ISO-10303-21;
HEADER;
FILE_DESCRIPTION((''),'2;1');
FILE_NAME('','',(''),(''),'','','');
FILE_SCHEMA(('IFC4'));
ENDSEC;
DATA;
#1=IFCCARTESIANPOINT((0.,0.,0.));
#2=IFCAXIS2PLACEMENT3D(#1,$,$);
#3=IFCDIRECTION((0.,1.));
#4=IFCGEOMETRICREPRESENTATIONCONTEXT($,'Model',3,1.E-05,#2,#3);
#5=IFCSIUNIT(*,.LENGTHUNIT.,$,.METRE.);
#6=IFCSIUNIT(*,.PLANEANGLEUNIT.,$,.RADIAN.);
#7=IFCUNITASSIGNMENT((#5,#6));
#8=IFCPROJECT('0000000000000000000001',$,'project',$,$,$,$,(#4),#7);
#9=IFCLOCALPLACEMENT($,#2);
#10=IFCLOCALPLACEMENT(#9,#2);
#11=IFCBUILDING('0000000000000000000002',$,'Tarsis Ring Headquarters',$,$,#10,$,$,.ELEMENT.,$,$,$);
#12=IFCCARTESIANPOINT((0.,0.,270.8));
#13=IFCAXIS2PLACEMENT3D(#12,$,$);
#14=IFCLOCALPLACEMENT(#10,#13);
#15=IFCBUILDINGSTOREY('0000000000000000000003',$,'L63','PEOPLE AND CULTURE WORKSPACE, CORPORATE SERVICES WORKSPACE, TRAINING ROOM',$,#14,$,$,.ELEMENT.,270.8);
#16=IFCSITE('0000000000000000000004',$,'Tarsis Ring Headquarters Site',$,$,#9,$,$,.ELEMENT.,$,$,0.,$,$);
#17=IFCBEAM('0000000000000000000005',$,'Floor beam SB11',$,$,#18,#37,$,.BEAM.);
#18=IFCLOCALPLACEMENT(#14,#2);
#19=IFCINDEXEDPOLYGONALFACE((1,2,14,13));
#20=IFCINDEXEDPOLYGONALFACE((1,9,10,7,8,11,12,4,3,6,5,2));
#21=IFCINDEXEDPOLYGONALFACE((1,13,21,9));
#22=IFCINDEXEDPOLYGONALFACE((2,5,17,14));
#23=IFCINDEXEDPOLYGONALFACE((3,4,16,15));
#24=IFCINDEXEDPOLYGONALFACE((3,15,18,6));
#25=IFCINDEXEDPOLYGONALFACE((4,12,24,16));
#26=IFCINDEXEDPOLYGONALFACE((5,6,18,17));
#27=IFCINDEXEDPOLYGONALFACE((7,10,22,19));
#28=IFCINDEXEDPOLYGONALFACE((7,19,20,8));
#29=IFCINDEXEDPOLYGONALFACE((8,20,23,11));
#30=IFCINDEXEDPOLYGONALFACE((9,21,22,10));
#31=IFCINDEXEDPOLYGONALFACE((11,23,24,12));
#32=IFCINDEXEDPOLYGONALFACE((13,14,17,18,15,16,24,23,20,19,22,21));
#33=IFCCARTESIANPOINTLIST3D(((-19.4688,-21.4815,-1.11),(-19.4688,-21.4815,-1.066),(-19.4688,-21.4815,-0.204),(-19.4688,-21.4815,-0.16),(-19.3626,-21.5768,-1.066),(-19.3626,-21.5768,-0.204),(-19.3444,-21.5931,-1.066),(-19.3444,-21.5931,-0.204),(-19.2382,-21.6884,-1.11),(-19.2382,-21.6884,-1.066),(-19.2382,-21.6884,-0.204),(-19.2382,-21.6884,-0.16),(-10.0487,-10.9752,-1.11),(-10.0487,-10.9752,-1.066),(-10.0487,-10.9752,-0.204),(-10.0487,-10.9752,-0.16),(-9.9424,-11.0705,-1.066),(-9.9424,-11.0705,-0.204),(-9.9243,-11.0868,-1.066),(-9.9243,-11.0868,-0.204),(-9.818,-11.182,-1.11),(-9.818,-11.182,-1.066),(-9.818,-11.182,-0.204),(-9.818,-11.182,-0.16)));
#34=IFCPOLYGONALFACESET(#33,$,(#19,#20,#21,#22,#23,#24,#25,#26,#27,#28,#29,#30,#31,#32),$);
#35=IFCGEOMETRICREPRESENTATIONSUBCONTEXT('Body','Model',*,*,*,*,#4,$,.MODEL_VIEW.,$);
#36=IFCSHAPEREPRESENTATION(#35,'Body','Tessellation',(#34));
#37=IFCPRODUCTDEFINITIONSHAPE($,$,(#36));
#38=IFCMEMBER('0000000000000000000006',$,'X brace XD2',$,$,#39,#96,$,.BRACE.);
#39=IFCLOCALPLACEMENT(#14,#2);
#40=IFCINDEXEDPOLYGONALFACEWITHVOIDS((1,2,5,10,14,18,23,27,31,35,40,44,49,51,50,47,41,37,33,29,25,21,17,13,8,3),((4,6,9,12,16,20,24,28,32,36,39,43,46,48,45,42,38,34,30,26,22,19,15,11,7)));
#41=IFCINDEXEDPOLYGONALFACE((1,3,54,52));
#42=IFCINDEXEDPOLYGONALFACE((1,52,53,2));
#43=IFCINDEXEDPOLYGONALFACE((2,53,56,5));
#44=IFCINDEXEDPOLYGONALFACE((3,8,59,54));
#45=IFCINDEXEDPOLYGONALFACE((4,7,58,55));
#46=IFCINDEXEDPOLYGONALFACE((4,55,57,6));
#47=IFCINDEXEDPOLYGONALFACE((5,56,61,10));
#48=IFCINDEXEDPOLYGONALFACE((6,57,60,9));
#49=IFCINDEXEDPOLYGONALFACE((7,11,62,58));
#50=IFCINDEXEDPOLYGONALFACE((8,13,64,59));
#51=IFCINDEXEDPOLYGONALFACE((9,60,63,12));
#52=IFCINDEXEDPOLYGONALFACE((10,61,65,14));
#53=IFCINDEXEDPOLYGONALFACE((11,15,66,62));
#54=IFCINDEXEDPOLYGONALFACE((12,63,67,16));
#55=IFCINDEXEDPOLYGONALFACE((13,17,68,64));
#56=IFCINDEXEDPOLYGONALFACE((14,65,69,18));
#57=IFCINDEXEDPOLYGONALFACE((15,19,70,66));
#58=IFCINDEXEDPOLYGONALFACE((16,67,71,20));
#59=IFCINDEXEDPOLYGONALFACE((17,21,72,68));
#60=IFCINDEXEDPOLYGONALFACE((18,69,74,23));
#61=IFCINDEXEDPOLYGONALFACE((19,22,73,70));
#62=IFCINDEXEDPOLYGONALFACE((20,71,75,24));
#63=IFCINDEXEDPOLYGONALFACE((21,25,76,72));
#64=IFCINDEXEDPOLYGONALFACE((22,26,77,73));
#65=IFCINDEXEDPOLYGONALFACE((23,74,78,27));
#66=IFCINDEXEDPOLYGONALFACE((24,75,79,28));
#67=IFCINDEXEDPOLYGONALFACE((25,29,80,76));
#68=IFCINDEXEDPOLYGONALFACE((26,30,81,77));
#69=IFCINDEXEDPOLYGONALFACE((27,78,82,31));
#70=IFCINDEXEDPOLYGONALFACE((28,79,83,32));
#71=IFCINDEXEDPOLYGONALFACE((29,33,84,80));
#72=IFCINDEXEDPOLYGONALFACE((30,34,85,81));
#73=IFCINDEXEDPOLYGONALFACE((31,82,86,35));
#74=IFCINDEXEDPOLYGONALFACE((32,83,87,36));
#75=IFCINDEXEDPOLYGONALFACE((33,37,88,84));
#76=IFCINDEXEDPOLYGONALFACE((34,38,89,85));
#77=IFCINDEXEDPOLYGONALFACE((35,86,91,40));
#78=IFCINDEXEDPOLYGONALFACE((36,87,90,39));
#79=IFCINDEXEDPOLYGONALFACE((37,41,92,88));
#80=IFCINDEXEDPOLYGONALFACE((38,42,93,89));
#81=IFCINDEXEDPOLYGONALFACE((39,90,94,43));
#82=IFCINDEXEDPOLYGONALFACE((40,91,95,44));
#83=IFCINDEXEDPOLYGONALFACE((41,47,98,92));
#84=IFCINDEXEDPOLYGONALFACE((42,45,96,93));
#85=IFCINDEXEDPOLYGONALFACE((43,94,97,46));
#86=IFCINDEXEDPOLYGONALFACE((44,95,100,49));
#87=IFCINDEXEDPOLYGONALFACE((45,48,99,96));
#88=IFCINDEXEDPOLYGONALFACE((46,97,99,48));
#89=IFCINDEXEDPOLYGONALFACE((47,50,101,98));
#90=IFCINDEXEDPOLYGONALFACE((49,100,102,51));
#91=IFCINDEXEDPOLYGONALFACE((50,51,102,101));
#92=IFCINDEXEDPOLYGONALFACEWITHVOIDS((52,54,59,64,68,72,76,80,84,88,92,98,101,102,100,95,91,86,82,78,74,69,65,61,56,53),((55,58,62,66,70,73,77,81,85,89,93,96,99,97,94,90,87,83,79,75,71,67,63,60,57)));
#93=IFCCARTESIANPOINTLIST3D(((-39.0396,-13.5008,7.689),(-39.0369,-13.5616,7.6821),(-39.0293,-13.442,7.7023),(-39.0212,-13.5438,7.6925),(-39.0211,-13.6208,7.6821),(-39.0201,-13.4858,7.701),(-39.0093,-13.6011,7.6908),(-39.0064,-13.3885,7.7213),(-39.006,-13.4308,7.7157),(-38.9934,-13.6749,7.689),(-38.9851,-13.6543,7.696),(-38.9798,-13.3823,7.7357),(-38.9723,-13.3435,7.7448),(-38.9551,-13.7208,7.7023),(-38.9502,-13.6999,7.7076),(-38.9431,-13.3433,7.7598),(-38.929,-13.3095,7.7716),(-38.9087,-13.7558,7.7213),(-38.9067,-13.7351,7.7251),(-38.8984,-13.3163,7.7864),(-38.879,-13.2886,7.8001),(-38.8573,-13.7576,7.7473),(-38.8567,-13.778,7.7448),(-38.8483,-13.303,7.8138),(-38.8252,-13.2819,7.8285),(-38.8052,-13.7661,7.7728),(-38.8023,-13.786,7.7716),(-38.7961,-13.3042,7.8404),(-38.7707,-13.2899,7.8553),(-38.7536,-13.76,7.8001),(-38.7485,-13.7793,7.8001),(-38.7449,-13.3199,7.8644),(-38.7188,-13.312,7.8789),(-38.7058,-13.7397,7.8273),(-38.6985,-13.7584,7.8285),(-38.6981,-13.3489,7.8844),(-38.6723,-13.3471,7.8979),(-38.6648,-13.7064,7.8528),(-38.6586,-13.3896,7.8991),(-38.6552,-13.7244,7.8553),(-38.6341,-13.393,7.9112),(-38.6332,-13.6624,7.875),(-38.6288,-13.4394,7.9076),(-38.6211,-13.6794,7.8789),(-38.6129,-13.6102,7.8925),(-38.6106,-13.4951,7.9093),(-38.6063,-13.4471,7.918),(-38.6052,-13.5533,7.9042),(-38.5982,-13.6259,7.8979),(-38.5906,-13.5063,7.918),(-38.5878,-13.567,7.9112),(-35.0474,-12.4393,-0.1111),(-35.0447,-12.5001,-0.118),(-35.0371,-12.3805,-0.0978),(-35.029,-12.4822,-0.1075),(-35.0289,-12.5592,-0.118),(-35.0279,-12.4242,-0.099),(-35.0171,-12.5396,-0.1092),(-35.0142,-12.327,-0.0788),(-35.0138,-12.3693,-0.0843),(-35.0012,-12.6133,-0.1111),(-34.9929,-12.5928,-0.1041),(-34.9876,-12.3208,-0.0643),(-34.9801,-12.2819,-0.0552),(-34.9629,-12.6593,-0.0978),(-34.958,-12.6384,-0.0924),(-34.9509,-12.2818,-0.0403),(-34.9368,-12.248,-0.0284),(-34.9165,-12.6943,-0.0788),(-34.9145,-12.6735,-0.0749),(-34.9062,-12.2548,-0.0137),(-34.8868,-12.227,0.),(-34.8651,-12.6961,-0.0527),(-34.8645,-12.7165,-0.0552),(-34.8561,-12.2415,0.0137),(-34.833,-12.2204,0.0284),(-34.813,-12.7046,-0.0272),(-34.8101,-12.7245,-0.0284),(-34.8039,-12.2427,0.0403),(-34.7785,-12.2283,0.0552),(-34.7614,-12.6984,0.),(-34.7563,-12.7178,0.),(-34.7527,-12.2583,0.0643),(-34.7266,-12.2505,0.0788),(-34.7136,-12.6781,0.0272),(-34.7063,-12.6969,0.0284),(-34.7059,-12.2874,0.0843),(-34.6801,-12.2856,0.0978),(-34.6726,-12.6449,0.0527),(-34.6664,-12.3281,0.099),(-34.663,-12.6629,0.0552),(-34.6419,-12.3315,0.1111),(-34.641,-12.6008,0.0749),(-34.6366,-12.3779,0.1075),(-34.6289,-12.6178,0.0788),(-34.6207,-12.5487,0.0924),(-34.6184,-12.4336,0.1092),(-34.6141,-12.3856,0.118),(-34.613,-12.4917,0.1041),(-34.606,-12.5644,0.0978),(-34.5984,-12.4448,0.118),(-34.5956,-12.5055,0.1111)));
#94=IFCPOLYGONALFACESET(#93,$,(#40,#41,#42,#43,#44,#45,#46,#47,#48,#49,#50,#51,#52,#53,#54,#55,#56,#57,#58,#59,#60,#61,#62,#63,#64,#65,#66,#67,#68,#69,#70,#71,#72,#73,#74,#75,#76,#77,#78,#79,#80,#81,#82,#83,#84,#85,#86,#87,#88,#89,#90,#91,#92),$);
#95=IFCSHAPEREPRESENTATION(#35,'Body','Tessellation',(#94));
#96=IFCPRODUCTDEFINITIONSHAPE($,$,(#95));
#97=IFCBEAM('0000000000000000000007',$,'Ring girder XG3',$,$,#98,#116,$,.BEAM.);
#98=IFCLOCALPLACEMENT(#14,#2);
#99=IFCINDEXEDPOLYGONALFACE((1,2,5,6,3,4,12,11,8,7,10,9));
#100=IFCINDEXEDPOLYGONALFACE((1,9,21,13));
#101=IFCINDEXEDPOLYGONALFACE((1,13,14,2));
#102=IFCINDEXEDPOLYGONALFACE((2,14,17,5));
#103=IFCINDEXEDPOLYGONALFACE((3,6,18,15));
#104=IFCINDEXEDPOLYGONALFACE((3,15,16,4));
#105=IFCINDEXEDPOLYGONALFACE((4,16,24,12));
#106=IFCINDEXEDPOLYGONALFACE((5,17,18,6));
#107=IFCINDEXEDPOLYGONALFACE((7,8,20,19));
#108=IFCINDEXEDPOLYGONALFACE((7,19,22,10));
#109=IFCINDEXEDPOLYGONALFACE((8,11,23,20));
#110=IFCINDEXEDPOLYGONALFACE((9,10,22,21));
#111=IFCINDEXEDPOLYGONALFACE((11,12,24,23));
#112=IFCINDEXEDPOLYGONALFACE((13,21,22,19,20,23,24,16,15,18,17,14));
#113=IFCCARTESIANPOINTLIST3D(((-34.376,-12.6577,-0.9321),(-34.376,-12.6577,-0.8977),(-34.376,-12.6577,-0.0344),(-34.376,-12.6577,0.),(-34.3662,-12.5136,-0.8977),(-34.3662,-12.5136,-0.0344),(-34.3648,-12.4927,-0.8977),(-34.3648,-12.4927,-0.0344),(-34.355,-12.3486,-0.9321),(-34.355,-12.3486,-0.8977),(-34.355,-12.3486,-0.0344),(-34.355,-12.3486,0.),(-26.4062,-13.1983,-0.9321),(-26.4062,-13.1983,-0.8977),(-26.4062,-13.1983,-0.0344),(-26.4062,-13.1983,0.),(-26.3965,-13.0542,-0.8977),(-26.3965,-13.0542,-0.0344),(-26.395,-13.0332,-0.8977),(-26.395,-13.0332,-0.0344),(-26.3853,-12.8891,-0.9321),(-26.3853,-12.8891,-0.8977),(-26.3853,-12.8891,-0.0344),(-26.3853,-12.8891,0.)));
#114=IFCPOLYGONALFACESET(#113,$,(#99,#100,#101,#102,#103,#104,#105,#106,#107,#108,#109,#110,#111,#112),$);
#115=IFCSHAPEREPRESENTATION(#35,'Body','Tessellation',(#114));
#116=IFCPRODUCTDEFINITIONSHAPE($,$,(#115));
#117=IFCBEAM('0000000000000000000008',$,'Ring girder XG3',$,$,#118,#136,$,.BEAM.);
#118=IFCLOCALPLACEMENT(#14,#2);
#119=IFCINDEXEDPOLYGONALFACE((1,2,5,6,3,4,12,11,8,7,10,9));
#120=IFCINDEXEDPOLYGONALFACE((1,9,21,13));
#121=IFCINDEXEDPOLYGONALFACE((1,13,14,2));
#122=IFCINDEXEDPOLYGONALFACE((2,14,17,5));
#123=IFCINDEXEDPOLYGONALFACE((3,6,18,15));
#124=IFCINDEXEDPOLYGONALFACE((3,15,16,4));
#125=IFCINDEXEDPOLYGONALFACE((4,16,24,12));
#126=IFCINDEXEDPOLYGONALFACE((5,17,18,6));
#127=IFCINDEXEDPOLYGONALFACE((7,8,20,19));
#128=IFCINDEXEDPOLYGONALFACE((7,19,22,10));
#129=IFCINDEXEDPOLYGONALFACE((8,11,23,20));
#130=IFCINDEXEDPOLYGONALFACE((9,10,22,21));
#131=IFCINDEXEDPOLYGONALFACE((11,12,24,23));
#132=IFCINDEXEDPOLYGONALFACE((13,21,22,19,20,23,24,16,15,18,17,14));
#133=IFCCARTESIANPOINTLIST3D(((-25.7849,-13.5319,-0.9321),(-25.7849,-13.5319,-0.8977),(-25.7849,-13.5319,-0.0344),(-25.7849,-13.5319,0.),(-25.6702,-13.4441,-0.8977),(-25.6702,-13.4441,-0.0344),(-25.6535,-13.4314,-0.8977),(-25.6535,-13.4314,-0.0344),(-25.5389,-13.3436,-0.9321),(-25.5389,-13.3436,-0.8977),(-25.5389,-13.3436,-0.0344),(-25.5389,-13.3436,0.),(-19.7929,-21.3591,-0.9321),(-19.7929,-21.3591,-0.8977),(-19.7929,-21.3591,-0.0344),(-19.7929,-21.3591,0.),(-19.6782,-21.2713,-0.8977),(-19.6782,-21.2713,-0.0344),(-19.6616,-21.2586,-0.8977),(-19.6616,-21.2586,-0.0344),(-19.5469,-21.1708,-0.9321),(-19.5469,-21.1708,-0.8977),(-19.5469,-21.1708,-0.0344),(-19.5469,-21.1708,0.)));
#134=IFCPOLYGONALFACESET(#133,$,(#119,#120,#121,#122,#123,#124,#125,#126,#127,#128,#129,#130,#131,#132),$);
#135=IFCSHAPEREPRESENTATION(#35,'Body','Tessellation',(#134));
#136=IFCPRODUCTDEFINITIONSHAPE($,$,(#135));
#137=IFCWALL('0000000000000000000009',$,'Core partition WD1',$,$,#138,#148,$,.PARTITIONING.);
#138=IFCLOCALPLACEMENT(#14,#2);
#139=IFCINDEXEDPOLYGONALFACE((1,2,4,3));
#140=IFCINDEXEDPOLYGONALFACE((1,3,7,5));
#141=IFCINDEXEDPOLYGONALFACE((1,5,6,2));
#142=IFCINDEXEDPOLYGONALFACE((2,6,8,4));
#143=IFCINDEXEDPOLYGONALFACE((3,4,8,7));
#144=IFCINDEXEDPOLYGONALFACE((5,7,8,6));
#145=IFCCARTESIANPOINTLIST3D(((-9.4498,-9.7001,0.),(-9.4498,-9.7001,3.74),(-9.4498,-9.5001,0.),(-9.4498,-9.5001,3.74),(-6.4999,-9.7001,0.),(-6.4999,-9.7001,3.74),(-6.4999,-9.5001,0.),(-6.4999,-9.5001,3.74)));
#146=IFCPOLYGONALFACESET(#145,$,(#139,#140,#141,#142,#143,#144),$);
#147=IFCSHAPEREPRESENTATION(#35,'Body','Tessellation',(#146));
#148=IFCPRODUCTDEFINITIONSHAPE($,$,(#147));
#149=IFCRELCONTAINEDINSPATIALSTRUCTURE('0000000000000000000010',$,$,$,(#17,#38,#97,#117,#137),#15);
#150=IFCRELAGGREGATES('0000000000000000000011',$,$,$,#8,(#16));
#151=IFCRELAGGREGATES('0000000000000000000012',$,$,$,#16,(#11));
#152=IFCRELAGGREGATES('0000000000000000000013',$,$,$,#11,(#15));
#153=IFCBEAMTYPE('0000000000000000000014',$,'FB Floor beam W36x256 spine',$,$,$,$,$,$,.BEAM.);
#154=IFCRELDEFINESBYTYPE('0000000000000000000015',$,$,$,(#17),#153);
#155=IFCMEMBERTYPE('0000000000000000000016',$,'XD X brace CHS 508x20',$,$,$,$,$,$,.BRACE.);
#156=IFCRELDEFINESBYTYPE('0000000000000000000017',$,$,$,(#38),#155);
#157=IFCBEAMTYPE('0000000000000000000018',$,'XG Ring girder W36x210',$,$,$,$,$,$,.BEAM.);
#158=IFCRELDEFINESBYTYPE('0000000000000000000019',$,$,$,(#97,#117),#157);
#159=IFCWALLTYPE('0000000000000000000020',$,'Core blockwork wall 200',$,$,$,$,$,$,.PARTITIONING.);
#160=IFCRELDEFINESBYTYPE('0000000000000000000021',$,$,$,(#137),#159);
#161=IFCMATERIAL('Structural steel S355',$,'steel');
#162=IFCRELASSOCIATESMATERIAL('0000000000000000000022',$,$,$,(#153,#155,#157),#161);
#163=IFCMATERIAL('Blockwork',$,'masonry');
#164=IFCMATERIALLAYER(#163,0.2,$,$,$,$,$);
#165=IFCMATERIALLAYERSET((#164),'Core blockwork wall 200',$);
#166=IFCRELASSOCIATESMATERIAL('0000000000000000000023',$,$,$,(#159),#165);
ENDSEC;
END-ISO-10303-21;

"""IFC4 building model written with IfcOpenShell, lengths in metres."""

from ifc_helpers import new_model, si_unit, direction, frame, frame_2d, origin, origin_2d, place, context, subcontext, project, spatial, rectangle, hollow_circle, i_section, extrude, material, layer, layer_set, material_profile, profile_set, type_object, element, save


model = new_model("IFC4")

# Units and contexts
model_context = context("Model", 3, precision=1e-05, world=origin(), true_north=direction((0.0, 1.0)))
body_context = subcontext(model_context, "Body", "Model", "MODEL_VIEW")
ifc_project = project(units=[si_unit("LENGTHUNIT", "METRE"), si_unit("PLANEANGLEUNIT", "RADIAN")], contexts=[model_context])

# Site, building, storey
site_placement = place(None, origin())
site = spatial("IfcSite", under=ifc_project, at=site_placement, Name="Tarsis Ring Headquarters Site", CompositionType="ELEMENT", RefElevation=0.0)
building_placement = place(site_placement, origin())
building = spatial("IfcBuilding", under=site, at=building_placement, Name="Tarsis Ring Headquarters", CompositionType="ELEMENT")
storey_placement = place(building_placement, frame((0.0, 0.0, 270.8)))
storey = spatial("IfcBuildingStorey", under=building, at=storey_placement, Name="L63", Description="PEOPLE AND CULTURE WORKSPACE, CORPORATE SERVICES WORKSPACE, TRAINING ROOM", CompositionType="ELEMENT", Elevation=270.8)

# Shared definitions
ifc_material_1 = material(Name="Structural steel S355", Category="steel")

# Beam
ifc_material_profile_1 = material_profile(ifc_material_1, i_section(OverallWidth=0.3098, OverallDepth=0.95, WebThickness=0.0244, FlangeThickness=0.0439, at=origin_2d()), Name="W36x256")
ifc_profile_set_1 = profile_set([ifc_material_profile_1], Name="Structural steel S355")
beam_type_1 = type_object("IfcBeamType", Name="FB Floor beam W36x256 spine", PredefinedType="BEAM", material=ifc_profile_set_1)
beam_1_placement = place(storey_placement, frame((-9.9333, -11.0786, -0.635), z_axis=(-0.667572, -0.744545, 0.0), x_axis=(0.744545, -0.667572, 0.0)))
element("IfcBeam", 1, at=beam_1_placement, inside=storey, type_object=beam_type_1, Name="Floor beam SB11", PredefinedType="BEAM", context=body_context, shape_type="SweptSolid", body=[
    extrude(i_section(OverallWidth=0.3098, OverallDepth=0.95, WebThickness=0.0244, FlangeThickness=0.0439, at=origin_2d()), origin(), (0.0, 0.0, 1.0), 14.1111),
])

# Member
ifc_material_profile_2 = material_profile(ifc_material_1, hollow_circle(Radius=0.2539, WallThickness=0.02, at=origin_2d()), Name="CHS 508x20")
ifc_profile_set_2 = profile_set([ifc_material_profile_2], Name="Structural steel S355")
member_type = type_object("IfcMemberType", Name="XD X brace CHS 508x20", PredefinedType="BRACE", material=ifc_profile_set_2)
member_placement = place(storey_placement, frame((-34.8215, -12.4724, 0.0), z_axis=(-0.452301, -0.120267, 0.883719), x_axis=(0.256971, -0.966419, 0.0)))
element("IfcMember", 2, at=member_placement, inside=storey, type_object=member_type, Name="X brace XD2", PredefinedType="BRACE", context=body_context, shape_type="SweptSolid", body=[
    extrude(hollow_circle(Radius=0.2539, WallThickness=0.02, at=origin_2d()), origin(), (0.0, 0.0, 1.0), 8.8264),
])

# Beams
ifc_material_profile_3 = material_profile(ifc_material_1, i_section(OverallWidth=0.3098, OverallDepth=0.9321, WebThickness=0.021, FlangeThickness=0.0344, at=origin_2d()), Name="W36x210")
ifc_profile_set_3 = profile_set([ifc_material_profile_3], Name="Structural steel S355")
beam_type_2 = type_object("IfcBeamType", Name="XG Ring girder W36x210", PredefinedType="BEAM", material=ifc_profile_set_3)
beam_2_placement = place(storey_placement, frame((-34.3655, -12.5032, -0.4661), z_axis=(0.997708, -0.067667, 0.0), x_axis=(0.067667, 0.997708, 0.0)))
element("IfcBeam", 3, at=beam_2_placement, inside=storey, type_object=beam_type_2, Name="Ring girder XG3", PredefinedType="BEAM", context=body_context, shape_type="SweptSolid", body=[
    extrude(i_section(OverallWidth=0.3098, OverallDepth=0.9321, WebThickness=0.021, FlangeThickness=0.0344, at=origin_2d()), origin(), (0.0, 0.0, 1.0), 7.988),
])
beam_3_placement = place(storey_placement, frame((-25.6619, -13.4377, -0.4661), z_axis=(0.607865, -0.794041, 0.0), x_axis=(0.794041, 0.607865, 0.0)))
element("IfcBeam", 4, at=beam_3_placement, inside=storey, type_object=beam_type_2, Name="Ring girder XG3", PredefinedType="BEAM", context=body_context, shape_type="SweptSolid", body=[
    extrude(i_section(OverallWidth=0.3098, OverallDepth=0.9321, WebThickness=0.021, FlangeThickness=0.0344, at=origin_2d()), origin(), (0.0, 0.0, 1.0), 9.8574),
])

# Wall
ifc_material_2 = material(Name="Blockwork", Category="masonry")
ifc_layer_1 = layer(ifc_material_2, 0.2)
ifc_layer_set_1 = layer_set([ifc_layer_1], Name="Core blockwork wall 200")
wall_type_1 = type_object("IfcWallType", Name="Core blockwork wall 200", PredefinedType="PARTITIONING", material=ifc_layer_set_1)
wall_1_placement = place(storey_placement, frame((-9.45, -9.6001, 0.0), z_axis=(0.0, 0.0, 1.0), x_axis=(1.0, 0.0, 0.0)))
element("IfcWall", 5, at=wall_1_placement, inside=storey, type_object=wall_type_1, Name="Core partition WD1", PredefinedType="PARTITIONING", context=body_context, shape_type="SweptSolid", body=[
    extrude(rectangle(XDim=2.95, YDim=0.2, at=frame_2d((1.4751, 0.0))), origin(), (0.0, 0.0, 1.0), 3.74),
])

save(model, "model.ifc")
